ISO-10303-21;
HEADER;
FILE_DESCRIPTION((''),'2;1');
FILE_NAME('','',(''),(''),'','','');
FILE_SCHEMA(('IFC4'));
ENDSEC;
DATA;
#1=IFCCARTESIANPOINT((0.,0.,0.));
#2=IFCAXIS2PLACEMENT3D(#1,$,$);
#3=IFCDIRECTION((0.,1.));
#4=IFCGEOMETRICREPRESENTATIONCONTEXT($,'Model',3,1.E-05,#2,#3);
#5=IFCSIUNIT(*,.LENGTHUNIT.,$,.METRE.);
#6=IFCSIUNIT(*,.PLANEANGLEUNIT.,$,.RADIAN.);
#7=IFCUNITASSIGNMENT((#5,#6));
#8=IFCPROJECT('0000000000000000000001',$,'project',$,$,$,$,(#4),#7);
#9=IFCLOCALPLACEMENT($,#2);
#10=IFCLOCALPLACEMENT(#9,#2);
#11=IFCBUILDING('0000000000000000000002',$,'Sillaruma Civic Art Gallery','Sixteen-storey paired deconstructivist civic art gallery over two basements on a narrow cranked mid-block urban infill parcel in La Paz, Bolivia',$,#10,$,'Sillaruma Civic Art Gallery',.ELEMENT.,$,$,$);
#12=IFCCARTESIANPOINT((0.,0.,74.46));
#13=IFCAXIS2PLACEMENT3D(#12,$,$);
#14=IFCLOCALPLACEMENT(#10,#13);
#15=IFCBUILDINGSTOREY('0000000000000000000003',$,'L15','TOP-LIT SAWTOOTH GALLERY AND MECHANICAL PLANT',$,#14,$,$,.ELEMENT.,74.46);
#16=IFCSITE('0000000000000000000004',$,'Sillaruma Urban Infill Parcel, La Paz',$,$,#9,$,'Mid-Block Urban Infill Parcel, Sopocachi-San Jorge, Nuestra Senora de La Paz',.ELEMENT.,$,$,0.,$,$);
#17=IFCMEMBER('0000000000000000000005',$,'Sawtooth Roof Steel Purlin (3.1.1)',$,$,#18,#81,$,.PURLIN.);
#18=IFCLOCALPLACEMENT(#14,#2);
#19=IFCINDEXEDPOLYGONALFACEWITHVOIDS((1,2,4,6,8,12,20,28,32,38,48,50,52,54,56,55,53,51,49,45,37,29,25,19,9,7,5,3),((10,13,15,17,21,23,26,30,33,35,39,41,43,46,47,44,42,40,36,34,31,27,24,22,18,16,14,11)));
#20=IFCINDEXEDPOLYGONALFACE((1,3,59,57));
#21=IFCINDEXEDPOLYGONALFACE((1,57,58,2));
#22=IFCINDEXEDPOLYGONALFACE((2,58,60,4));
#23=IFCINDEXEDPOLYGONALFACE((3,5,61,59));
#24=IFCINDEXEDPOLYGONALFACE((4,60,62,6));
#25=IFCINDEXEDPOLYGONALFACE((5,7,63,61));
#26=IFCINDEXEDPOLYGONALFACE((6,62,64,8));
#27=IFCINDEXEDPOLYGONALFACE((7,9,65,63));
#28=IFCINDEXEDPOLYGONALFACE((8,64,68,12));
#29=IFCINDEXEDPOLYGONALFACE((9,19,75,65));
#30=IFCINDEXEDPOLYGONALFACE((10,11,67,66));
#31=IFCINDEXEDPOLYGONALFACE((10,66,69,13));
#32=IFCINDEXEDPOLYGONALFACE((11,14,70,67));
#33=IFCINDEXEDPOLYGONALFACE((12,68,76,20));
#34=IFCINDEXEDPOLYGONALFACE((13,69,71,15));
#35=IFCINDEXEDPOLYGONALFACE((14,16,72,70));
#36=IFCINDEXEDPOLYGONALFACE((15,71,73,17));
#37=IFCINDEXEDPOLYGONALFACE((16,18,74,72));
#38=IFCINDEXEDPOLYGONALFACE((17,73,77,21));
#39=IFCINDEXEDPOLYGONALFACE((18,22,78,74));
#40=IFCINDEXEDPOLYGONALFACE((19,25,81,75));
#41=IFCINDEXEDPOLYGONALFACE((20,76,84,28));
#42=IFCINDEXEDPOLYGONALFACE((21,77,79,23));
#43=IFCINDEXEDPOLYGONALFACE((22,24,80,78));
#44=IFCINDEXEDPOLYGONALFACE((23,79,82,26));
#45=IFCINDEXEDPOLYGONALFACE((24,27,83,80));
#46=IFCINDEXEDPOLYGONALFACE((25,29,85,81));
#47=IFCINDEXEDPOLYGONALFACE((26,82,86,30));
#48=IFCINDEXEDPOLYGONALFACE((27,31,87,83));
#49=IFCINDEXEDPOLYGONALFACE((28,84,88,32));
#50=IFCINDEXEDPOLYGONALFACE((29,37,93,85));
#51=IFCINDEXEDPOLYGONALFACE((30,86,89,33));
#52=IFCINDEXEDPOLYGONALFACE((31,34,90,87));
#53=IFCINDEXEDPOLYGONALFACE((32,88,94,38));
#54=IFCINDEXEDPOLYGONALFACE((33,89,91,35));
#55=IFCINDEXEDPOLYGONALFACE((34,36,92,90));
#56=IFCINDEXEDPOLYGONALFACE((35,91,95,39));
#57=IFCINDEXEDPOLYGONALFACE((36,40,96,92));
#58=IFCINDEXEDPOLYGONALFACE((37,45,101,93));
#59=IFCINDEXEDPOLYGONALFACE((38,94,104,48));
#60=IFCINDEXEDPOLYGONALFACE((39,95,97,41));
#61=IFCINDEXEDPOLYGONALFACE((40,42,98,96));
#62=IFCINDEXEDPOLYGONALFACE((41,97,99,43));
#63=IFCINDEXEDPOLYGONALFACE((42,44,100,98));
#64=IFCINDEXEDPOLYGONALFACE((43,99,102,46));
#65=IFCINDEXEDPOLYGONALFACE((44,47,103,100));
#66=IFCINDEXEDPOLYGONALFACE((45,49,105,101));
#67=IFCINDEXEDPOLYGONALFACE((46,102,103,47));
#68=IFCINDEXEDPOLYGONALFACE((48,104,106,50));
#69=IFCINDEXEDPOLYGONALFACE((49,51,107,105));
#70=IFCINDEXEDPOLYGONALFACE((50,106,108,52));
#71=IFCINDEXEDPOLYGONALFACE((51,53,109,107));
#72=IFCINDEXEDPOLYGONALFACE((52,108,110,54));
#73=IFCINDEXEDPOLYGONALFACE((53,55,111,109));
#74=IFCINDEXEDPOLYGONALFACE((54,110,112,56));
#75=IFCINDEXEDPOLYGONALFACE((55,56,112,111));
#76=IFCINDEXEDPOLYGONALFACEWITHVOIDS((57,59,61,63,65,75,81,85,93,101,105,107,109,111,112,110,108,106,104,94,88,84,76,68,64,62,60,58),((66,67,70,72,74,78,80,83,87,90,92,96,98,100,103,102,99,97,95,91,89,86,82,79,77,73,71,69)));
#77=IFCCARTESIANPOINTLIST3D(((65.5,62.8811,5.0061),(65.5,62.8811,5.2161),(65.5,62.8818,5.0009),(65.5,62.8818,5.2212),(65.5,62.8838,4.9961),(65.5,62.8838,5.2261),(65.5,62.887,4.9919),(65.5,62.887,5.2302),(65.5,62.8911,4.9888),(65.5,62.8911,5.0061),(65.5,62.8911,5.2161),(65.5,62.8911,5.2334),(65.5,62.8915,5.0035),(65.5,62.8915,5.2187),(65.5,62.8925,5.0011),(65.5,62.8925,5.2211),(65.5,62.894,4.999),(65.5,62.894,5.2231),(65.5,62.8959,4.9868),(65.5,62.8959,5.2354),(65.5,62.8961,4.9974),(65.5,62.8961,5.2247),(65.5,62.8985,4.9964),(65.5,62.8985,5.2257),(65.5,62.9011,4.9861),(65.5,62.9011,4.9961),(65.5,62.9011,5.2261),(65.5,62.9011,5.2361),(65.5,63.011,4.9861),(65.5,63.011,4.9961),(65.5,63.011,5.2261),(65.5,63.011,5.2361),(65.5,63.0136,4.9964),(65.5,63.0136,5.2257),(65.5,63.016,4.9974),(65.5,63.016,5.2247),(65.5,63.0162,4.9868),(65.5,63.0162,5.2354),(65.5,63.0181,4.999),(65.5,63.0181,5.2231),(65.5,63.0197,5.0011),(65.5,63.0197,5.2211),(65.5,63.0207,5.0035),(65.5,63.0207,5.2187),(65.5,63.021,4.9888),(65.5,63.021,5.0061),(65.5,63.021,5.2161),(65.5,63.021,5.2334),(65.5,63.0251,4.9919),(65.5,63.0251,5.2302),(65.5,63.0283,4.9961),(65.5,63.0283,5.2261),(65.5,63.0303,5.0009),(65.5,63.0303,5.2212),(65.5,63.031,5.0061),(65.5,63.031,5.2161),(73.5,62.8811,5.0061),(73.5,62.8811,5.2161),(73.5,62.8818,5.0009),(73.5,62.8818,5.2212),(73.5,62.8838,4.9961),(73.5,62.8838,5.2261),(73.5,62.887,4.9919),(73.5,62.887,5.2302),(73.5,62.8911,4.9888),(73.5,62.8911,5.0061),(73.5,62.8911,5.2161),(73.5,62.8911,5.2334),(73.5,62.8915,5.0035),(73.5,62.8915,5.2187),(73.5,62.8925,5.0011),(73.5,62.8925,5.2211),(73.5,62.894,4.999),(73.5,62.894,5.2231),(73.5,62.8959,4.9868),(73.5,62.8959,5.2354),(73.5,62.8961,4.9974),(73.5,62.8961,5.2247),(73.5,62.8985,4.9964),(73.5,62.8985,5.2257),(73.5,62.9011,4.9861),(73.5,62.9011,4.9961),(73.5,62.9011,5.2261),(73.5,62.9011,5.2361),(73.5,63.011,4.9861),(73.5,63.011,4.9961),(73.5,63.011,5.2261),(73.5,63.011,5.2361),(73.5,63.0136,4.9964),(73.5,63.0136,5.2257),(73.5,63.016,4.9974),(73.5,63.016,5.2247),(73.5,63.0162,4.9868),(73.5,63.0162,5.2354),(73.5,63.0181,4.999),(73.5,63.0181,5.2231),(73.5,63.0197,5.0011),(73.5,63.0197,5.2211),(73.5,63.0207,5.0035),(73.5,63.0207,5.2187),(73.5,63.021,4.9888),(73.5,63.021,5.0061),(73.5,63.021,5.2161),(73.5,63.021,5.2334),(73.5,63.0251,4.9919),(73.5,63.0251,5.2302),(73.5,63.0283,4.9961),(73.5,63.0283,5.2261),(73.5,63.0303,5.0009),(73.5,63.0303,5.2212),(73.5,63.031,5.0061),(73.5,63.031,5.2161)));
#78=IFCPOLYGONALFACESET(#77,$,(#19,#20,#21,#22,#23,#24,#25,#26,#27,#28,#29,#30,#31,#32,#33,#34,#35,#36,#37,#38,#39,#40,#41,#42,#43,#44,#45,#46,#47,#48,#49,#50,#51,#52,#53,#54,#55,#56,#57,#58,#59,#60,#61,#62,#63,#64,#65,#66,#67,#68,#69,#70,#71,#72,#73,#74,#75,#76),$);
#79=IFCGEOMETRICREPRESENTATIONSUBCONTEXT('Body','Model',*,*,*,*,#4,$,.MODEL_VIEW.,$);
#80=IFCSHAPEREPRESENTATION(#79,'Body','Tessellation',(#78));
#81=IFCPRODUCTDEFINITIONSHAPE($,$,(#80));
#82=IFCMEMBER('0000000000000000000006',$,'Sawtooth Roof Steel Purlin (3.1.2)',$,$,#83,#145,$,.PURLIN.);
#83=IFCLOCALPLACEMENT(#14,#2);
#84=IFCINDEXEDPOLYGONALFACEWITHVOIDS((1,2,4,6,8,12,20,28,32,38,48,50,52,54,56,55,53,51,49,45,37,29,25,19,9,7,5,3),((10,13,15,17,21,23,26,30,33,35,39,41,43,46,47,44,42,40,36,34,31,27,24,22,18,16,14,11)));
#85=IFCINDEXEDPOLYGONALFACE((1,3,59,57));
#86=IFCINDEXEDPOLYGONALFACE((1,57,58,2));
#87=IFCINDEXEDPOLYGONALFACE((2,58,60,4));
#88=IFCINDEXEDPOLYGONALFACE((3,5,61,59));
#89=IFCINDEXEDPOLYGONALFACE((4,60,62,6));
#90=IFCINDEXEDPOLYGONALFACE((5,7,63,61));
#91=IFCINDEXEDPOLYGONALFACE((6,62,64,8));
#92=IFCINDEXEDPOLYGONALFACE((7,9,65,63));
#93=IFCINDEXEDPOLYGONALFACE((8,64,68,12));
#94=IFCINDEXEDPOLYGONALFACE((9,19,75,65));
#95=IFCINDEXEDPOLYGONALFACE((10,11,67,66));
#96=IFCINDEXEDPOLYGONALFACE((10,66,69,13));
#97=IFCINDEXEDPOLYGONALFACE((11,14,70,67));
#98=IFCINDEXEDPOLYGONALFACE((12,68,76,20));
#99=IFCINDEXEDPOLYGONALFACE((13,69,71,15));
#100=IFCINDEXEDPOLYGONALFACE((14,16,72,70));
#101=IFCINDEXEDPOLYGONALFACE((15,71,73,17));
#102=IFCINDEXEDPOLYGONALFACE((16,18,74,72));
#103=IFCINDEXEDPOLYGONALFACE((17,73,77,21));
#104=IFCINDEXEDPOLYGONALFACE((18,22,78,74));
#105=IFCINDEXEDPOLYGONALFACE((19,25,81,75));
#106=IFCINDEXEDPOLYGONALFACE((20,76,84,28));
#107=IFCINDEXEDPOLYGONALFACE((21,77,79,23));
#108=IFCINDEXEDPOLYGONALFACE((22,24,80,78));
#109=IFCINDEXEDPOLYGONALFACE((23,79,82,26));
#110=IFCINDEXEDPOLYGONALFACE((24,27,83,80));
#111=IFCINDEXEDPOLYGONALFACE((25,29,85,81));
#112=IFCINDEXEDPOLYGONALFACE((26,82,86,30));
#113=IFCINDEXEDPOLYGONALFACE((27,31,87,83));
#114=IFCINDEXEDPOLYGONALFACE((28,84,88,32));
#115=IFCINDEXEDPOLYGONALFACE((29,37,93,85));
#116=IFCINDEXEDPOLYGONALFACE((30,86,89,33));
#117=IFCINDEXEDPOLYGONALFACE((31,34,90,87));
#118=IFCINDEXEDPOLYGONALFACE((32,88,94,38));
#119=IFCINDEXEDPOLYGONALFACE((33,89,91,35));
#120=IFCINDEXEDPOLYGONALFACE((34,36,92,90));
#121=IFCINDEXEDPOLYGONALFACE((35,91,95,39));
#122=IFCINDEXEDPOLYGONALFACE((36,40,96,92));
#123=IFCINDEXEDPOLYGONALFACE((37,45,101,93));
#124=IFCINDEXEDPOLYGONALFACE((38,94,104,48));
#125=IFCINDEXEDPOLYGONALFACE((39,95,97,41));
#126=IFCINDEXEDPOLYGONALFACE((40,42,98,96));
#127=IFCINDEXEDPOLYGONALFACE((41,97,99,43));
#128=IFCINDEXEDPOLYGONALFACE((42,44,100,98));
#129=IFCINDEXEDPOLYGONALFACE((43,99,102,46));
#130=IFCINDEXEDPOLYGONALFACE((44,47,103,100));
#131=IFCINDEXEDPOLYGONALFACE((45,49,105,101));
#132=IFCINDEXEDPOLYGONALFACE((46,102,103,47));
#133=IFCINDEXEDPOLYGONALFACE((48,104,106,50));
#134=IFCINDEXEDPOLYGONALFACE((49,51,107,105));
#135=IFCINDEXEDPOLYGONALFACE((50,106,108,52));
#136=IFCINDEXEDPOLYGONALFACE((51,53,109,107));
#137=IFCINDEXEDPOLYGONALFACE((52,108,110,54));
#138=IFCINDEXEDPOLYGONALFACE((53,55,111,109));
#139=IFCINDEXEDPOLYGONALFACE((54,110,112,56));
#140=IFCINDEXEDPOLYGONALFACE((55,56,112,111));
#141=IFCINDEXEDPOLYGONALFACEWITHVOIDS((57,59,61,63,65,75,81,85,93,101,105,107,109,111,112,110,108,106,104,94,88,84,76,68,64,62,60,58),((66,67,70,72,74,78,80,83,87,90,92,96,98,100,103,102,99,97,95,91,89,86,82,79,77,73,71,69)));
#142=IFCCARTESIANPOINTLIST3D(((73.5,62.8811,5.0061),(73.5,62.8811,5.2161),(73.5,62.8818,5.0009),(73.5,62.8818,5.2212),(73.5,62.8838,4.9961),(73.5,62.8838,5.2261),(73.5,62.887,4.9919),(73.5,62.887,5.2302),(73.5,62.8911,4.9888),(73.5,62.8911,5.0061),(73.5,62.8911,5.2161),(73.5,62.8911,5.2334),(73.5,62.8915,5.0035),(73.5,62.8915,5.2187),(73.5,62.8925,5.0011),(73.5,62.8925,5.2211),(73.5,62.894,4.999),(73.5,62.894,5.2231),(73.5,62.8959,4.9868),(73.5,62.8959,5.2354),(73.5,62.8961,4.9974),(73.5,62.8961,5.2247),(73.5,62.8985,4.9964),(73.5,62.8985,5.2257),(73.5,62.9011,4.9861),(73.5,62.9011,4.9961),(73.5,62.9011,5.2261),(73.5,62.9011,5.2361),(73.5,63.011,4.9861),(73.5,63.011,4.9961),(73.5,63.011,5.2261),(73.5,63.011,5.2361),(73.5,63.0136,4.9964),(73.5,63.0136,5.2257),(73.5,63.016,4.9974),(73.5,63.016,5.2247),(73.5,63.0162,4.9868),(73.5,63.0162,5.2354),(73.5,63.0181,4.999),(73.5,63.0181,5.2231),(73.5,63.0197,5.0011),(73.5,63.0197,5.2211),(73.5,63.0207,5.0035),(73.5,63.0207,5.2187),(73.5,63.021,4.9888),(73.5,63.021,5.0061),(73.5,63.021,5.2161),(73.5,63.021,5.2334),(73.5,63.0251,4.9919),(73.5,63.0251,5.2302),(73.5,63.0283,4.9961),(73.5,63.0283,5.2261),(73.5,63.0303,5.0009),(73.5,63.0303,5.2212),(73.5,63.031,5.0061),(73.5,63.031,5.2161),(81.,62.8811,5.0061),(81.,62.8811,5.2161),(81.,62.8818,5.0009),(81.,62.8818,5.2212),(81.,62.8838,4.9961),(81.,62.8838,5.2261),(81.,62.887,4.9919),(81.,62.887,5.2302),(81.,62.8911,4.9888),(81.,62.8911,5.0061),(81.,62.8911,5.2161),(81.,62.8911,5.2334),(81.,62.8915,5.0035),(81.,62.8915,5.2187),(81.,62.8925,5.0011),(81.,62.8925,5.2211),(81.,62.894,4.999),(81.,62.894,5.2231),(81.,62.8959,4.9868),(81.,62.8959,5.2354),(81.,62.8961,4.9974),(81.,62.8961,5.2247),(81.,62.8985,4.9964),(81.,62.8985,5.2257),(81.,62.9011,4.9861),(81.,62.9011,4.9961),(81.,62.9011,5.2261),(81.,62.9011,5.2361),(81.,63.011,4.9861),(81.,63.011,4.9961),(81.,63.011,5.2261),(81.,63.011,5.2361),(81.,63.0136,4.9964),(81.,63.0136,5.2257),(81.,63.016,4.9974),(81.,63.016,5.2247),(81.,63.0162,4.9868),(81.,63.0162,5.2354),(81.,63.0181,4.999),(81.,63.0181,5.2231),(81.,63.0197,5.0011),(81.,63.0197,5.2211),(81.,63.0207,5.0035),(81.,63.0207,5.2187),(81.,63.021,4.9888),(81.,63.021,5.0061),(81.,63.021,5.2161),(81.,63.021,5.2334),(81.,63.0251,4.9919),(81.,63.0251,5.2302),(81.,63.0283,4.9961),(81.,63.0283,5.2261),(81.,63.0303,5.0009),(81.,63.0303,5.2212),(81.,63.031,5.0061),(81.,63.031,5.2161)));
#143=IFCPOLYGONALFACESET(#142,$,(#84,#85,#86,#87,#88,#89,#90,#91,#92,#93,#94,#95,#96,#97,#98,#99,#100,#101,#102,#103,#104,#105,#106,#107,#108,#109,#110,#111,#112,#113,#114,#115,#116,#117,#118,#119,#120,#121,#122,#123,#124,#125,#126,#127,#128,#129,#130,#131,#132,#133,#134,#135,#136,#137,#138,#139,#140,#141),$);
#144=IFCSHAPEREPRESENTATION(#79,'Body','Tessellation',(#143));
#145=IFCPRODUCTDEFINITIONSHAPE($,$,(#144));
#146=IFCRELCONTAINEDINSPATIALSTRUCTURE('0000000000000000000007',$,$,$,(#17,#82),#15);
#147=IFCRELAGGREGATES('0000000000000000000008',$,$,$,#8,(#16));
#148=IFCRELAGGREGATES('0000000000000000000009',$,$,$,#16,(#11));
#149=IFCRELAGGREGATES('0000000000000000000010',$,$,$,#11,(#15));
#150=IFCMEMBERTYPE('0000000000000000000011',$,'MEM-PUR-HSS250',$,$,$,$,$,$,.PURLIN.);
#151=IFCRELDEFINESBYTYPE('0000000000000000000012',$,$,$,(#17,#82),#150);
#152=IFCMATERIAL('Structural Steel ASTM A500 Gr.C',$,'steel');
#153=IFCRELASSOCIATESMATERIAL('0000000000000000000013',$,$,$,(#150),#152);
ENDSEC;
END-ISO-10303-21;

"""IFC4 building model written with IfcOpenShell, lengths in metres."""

from ifc_helpers import new_model, si_unit, direction, frame, origin, origin_2d, place, context, subcontext, project, spatial, hollow_rectangle, extrude, material, material_profile, profile_set, type_object, element, save


model = new_model("IFC4")

# Units and contexts
model_context = context("Model", 3, precision=1e-05, world=origin(), true_north=direction((0.0, 1.0)))
body_context = subcontext(model_context, "Body", "Model", "MODEL_VIEW")
ifc_project = project(units=[si_unit("LENGTHUNIT", "METRE"), si_unit("PLANEANGLEUNIT", "RADIAN")], contexts=[model_context])

# Site, building, storey
site_placement = place(None, origin())
site = spatial("IfcSite", under=ifc_project, at=site_placement, Name="Sillaruma Urban Infill Parcel, La Paz", LongName="Mid-Block Urban Infill Parcel, Sopocachi-San Jorge, Nuestra Senora de La Paz", CompositionType="ELEMENT", RefElevation=0.0)
building_placement = place(site_placement, origin())
building = spatial("IfcBuilding", under=site, at=building_placement, Name="Sillaruma Civic Art Gallery", Description="Sixteen-storey paired deconstructivist civic art gallery over two basements on a narrow cranked mid-block urban infill parcel in La Paz, Bolivia", LongName="Sillaruma Civic Art Gallery", CompositionType="ELEMENT")
storey_placement = place(building_placement, frame((0.0, 0.0, 74.46)))
storey = spatial("IfcBuildingStorey", under=building, at=storey_placement, Name="L15", Description="TOP-LIT SAWTOOTH GALLERY AND MECHANICAL PLANT", CompositionType="ELEMENT", Elevation=74.46)

# Shared definitions
ifc_material_1 = material(Name="Structural Steel ASTM A500 Gr.C", Category="steel")

# Members
ifc_material_profile_1 = material_profile(ifc_material_1, hollow_rectangle(XDim=0.1499, YDim=0.25, WallThickness=0.01, InnerFilletRadius=0.01, OuterFilletRadius=0.02, at=origin_2d()), Name="HSS250x150x10")
ifc_profile_set_1 = profile_set([ifc_material_profile_1], Name="Structural Steel ASTM A500 Gr.C")
member_type_1 = type_object("IfcMemberType", Name="MEM-PUR-HSS250", PredefinedType="PURLIN", material=ifc_profile_set_1)
member_1_placement = place(storey_placement, frame((65.5, 62.9561, 5.1111), z_axis=(1.0, 0.0, 0.0), x_axis=(0.0, 1.0, 0.0)))
element("IfcMember", 1, at=member_1_placement, inside=storey, type_object=member_type_1, Name="Sawtooth Roof Steel Purlin (3.1.1)", PredefinedType="PURLIN", context=body_context, shape_type="SweptSolid", body=[
    extrude(hollow_rectangle(XDim=0.1499, YDim=0.25, WallThickness=0.01, InnerFilletRadius=0.01, OuterFilletRadius=0.02, at=origin_2d()), origin(), (0.0, 0.0, 1.0), 8.0),
])
member_2_placement = place(storey_placement, frame((73.5, 62.9561, 5.1111), z_axis=(1.0, 0.0, 0.0), x_axis=(0.0, 1.0, 0.0)))
element("IfcMember", 2, at=member_2_placement, inside=storey, type_object=member_type_1, Name="Sawtooth Roof Steel Purlin (3.1.2)", PredefinedType="PURLIN", context=body_context, shape_type="SweptSolid", body=[
    extrude(hollow_rectangle(XDim=0.1499, YDim=0.25, WallThickness=0.01, InnerFilletRadius=0.01, OuterFilletRadius=0.02, at=origin_2d()), origin(), (0.0, 0.0, 1.0), 7.5),
])

save(model, "model.ifc")
